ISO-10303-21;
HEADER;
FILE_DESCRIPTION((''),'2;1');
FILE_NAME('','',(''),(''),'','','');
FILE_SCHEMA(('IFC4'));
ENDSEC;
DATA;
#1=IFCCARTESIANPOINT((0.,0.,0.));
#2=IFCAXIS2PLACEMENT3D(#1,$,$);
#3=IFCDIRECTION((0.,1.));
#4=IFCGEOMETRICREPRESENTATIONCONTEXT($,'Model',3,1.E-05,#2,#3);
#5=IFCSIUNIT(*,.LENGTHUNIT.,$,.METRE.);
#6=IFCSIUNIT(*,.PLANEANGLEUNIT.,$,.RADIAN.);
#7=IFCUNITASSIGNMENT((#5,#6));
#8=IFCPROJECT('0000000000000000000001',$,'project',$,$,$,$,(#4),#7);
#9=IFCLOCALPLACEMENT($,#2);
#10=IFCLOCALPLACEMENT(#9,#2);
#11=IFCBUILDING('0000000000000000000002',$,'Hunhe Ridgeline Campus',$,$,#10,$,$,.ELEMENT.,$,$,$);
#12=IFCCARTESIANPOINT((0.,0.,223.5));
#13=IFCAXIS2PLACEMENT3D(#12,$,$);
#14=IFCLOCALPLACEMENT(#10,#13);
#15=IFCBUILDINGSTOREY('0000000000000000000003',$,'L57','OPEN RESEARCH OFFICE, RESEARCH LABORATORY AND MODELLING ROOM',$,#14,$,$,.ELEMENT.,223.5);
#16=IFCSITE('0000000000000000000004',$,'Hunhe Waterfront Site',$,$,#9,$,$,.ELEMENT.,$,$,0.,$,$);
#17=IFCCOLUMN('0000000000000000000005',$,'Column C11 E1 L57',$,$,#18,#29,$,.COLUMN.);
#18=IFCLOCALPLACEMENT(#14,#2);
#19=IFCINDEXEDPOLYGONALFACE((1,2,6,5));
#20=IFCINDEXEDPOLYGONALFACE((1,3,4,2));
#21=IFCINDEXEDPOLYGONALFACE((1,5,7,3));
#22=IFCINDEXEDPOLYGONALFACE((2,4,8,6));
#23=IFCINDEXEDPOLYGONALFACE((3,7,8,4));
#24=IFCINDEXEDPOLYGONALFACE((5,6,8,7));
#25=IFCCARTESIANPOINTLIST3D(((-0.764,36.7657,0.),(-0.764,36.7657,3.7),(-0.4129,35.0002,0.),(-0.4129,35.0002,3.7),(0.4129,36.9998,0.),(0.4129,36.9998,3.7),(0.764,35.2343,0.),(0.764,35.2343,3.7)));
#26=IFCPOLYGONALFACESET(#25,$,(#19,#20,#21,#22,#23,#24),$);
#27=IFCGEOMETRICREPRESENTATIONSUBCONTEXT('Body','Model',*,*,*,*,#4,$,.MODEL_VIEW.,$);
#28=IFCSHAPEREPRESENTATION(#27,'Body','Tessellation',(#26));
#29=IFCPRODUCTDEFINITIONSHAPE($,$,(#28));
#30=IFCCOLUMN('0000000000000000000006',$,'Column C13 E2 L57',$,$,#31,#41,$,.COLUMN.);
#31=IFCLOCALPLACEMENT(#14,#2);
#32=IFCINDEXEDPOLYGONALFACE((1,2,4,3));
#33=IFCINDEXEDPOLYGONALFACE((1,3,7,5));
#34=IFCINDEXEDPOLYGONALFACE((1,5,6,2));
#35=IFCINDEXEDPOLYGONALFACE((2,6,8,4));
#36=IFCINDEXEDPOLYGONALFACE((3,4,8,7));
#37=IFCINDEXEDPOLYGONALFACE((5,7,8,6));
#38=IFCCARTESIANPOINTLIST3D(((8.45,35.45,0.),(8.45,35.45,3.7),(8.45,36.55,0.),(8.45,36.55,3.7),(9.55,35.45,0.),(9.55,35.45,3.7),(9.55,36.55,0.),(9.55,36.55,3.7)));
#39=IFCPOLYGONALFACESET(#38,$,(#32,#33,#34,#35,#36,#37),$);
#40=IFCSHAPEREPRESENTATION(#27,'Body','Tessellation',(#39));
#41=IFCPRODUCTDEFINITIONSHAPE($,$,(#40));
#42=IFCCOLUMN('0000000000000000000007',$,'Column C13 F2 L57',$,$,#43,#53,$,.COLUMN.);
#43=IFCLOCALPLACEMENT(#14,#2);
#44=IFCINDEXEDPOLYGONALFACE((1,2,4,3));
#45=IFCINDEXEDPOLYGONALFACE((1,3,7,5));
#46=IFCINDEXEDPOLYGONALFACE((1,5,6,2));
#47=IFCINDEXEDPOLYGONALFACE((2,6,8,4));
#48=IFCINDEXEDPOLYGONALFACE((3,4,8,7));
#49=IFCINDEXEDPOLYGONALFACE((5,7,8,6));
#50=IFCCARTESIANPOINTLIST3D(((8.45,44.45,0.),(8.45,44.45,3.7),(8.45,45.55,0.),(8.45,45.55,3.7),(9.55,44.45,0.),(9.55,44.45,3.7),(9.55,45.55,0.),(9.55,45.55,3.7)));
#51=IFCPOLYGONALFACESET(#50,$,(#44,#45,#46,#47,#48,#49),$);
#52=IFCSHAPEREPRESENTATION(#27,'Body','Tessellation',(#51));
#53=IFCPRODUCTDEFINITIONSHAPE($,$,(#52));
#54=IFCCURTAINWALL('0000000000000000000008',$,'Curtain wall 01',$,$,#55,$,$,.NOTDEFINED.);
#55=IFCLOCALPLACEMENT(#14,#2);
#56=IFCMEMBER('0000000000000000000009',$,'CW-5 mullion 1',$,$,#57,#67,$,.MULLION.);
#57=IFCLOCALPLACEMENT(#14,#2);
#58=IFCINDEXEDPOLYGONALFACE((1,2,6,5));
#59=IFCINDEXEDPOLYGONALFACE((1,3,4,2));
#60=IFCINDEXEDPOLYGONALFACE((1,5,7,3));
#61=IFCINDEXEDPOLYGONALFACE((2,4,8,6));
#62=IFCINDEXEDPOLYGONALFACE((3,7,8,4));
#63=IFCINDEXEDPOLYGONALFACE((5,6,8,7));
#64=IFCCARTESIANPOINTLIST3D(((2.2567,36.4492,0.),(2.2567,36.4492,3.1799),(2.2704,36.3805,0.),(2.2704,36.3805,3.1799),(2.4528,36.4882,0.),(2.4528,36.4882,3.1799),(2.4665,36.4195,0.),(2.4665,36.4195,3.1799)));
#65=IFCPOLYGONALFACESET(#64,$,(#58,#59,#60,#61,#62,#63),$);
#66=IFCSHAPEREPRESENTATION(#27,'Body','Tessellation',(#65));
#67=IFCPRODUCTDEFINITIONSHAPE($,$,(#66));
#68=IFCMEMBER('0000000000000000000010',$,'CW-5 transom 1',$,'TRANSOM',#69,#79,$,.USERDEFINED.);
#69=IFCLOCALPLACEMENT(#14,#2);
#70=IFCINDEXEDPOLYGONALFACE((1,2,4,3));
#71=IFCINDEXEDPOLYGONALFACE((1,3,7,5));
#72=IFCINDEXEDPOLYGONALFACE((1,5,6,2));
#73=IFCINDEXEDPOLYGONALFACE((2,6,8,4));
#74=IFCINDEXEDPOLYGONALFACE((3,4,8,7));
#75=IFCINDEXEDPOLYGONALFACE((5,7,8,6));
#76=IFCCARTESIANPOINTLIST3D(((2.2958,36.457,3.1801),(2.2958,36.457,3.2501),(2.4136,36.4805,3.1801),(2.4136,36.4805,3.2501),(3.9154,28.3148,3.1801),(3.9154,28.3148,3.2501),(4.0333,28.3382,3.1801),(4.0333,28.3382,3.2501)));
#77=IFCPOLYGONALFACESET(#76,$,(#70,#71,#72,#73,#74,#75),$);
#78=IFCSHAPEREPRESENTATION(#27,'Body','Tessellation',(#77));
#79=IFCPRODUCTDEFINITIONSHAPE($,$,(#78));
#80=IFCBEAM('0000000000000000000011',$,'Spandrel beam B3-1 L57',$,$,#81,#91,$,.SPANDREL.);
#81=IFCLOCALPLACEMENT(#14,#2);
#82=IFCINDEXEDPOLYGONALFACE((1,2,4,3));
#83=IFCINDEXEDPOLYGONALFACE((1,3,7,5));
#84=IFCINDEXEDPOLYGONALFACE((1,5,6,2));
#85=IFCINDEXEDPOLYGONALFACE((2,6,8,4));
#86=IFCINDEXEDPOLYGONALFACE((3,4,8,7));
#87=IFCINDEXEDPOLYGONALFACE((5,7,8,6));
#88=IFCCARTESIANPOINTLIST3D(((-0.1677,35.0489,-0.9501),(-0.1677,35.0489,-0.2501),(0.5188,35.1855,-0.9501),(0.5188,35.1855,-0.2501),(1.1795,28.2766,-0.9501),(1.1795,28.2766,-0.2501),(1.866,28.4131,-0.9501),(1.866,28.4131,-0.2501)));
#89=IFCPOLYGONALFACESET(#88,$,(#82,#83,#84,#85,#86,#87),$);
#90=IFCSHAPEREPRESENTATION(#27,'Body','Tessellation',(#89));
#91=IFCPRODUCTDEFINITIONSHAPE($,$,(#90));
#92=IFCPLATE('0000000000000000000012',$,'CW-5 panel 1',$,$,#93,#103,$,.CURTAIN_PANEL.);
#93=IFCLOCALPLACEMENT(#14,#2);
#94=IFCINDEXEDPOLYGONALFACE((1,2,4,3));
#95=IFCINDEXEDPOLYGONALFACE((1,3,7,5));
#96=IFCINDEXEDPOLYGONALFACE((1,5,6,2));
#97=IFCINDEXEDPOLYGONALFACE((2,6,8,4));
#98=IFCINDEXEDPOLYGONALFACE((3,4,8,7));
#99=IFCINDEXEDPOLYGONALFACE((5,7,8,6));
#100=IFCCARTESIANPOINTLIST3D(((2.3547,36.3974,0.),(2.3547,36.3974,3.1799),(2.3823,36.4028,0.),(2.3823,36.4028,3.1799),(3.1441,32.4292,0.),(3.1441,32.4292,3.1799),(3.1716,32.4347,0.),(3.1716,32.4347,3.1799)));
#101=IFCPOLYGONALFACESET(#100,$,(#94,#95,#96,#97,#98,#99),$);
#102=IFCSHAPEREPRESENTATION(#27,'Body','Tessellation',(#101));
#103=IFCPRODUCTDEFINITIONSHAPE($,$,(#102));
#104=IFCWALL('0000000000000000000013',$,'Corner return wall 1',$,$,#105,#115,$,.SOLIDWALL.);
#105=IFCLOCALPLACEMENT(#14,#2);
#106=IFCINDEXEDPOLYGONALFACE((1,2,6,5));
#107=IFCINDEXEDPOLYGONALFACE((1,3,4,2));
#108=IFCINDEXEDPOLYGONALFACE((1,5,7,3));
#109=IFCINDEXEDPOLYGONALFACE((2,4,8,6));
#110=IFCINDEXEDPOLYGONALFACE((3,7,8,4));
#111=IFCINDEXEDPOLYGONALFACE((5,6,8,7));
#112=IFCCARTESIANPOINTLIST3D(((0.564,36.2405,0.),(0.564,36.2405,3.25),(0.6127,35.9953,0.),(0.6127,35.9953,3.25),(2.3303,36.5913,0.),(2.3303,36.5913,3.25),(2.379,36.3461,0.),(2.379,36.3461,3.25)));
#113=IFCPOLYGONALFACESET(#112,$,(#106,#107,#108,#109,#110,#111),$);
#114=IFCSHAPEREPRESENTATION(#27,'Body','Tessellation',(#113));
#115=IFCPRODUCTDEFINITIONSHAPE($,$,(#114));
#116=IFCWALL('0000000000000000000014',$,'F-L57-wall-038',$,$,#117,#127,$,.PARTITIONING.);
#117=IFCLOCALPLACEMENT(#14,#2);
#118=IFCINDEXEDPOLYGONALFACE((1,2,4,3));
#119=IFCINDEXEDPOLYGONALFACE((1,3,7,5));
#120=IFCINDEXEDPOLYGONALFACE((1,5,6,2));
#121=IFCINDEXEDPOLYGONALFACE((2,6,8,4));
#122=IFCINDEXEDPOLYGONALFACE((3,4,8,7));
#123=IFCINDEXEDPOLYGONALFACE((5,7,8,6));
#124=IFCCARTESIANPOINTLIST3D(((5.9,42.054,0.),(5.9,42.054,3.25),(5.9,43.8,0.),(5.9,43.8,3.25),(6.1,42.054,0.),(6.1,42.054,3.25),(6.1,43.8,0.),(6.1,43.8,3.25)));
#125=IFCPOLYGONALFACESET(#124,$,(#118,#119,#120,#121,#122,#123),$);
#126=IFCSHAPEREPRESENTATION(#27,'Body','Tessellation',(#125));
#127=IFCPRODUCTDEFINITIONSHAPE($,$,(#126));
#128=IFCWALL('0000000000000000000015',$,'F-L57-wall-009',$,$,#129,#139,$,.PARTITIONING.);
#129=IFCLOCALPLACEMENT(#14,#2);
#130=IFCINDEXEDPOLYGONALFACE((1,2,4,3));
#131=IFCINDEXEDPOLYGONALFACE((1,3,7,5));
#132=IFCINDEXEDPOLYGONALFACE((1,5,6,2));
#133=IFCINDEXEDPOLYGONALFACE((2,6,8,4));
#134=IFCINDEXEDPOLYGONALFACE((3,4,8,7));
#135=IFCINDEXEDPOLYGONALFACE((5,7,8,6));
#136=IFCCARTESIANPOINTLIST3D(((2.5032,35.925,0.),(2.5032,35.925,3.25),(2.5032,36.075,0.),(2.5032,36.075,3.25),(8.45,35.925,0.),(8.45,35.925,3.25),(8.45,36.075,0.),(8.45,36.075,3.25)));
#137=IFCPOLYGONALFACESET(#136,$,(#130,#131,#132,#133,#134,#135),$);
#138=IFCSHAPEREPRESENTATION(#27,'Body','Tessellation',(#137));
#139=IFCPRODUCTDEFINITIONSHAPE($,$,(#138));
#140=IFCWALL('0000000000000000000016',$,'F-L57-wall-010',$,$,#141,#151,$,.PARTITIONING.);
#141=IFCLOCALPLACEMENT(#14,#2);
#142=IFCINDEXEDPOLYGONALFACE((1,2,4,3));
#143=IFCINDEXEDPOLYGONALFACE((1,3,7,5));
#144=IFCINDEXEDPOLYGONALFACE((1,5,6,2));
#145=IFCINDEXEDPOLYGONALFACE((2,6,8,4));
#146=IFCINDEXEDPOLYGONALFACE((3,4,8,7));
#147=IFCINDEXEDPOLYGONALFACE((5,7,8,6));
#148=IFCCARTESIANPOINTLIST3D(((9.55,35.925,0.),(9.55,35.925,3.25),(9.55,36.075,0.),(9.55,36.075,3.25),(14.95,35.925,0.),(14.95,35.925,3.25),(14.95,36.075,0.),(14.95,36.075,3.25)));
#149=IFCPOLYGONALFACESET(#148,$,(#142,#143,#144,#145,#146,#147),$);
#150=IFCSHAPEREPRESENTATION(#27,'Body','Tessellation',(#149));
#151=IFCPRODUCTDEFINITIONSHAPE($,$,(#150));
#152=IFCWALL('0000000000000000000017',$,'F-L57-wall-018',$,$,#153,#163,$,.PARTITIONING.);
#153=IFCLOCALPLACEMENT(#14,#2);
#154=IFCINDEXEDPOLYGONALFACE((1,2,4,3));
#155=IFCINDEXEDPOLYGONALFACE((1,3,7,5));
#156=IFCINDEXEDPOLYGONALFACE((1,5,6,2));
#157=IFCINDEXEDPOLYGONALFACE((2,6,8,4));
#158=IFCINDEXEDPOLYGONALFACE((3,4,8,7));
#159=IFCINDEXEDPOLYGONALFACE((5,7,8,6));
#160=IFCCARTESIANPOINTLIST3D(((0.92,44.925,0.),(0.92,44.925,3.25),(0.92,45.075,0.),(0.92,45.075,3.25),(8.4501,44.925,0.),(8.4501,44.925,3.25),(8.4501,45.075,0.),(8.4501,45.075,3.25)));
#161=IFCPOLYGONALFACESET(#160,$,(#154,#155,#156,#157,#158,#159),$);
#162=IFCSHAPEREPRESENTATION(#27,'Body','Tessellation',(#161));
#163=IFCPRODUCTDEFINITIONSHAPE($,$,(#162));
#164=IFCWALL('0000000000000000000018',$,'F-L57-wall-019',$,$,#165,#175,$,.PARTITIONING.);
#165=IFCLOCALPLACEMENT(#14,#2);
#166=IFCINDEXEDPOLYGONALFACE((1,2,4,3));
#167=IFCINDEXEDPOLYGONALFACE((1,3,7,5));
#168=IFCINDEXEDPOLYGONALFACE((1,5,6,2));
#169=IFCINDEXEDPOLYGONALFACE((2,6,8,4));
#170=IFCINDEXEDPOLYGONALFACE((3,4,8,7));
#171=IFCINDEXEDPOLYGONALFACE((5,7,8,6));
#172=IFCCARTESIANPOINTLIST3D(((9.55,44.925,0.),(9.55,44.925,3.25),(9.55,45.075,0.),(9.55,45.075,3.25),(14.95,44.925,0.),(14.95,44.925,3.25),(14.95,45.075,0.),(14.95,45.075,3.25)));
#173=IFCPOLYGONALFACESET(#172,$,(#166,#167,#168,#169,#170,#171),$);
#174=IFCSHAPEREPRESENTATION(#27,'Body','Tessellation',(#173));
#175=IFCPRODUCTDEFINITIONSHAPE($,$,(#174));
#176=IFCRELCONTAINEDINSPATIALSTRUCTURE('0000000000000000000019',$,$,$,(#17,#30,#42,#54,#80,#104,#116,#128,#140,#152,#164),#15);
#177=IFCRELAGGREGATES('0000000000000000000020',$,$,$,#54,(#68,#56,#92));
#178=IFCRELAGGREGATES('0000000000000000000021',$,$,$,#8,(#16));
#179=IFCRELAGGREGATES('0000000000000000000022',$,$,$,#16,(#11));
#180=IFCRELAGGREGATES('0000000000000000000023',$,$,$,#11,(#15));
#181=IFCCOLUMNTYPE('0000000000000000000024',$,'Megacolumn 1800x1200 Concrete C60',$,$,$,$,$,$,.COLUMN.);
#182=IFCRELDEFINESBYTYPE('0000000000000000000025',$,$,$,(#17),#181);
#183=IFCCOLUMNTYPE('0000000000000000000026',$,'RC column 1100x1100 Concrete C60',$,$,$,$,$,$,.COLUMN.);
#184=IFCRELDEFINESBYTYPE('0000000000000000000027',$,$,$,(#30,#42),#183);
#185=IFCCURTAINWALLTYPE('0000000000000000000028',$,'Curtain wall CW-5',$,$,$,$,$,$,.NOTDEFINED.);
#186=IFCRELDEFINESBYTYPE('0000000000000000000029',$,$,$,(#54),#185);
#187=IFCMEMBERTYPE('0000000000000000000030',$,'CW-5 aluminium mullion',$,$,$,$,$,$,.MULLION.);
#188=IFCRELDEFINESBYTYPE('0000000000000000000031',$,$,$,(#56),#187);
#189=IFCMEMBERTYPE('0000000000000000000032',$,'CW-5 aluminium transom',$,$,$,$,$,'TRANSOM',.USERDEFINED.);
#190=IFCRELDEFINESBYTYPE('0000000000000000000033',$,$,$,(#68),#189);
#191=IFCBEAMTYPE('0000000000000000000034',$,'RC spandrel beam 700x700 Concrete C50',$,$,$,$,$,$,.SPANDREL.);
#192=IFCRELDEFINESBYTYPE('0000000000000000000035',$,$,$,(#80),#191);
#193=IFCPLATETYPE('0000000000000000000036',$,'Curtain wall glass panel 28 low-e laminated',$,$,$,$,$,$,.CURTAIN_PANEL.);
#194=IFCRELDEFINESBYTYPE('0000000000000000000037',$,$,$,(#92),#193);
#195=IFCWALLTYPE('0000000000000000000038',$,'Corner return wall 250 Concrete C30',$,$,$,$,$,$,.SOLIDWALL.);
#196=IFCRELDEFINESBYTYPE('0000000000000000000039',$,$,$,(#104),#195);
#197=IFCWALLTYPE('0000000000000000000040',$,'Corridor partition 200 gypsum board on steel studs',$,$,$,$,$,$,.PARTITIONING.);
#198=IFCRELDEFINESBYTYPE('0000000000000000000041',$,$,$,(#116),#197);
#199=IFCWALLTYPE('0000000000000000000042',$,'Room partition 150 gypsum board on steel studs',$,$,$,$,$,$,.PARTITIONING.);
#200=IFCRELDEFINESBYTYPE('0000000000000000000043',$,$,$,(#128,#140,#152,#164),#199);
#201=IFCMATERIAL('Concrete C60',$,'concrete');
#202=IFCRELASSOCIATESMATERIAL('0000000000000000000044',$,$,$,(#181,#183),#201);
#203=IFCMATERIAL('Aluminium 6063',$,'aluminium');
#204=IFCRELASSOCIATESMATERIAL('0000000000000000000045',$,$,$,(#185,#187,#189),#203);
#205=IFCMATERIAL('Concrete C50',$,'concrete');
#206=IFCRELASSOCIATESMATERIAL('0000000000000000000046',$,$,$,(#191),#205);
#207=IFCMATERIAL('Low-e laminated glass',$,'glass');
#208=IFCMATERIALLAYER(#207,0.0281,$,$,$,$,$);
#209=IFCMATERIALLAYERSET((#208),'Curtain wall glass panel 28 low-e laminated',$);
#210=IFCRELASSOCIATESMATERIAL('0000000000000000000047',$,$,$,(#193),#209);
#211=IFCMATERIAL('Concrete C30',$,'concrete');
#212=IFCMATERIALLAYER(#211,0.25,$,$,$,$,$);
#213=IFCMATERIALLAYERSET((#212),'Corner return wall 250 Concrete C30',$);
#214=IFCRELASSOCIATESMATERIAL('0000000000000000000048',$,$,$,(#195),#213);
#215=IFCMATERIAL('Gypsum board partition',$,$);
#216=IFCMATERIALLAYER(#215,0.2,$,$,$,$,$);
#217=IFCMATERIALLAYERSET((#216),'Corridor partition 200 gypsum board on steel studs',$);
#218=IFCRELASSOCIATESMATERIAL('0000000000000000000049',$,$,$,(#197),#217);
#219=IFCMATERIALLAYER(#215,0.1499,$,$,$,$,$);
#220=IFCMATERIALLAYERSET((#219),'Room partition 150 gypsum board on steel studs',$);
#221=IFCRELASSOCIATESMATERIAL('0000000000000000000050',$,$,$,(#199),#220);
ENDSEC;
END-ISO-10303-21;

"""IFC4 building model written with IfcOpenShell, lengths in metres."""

from ifc_helpers import new_model, si_unit, direction, frame, frame_2d, origin, origin_2d, place, context, subcontext, project, spatial, rectangle, extrude, material, layer, layer_set, material_profile, profile_set, type_object, element, aggregate, save


model = new_model("IFC4")

# Units and contexts
model_context = context("Model", 3, precision=1e-05, world=origin(), true_north=direction((0.0, 1.0)))
body_context = subcontext(model_context, "Body", "Model", "MODEL_VIEW")
ifc_project = project(units=[si_unit("LENGTHUNIT", "METRE"), si_unit("PLANEANGLEUNIT", "RADIAN")], contexts=[model_context])

# Site, building, storey
site_placement = place(None, origin())
site = spatial("IfcSite", under=ifc_project, at=site_placement, Name="Hunhe Waterfront Site", CompositionType="ELEMENT", RefElevation=0.0)
building_placement = place(site_placement, origin())
building = spatial("IfcBuilding", under=site, at=building_placement, Name="Hunhe Ridgeline Campus", CompositionType="ELEMENT")
storey_placement = place(building_placement, frame((0.0, 0.0, 223.5)))
storey = spatial("IfcBuildingStorey", under=building, at=storey_placement, Name="L57", Description="OPEN RESEARCH OFFICE, RESEARCH LABORATORY AND MODELLING ROOM", CompositionType="ELEMENT", Elevation=223.5)

# Columns
ifc_material_1 = material(Name="Concrete C60", Category="concrete")
ifc_material_profile_1 = material_profile(ifc_material_1, rectangle(XDim=1.8, YDim=1.2, at=origin_2d()))
ifc_profile_set_1 = profile_set([ifc_material_profile_1], Name="Concrete C60")
column_type_1 = type_object("IfcColumnType", Name="Megacolumn 1800x1200 Concrete C60", PredefinedType="COLUMN", material=ifc_profile_set_1)
column_placement = place(storey_placement, frame((0.0, 36.0, 0.0), z_axis=(0.0, 0.0, 1.0), x_axis=(-0.19509, 0.980785, 0.0)))
element("IfcColumn", 1, at=column_placement, inside=storey, type_object=column_type_1, Name="Column C11 E1 L57", PredefinedType="COLUMN", context=body_context, shape_type="SweptSolid", body=[
    extrude(rectangle(XDim=1.8, YDim=1.2, at=origin_2d()), origin(), (0.0, 0.0, 1.0), 3.7),
])
ifc_material_profile_2 = material_profile(ifc_material_1, rectangle(XDim=1.1001, YDim=1.1001, at=origin_2d()))
ifc_profile_set_2 = profile_set([ifc_material_profile_2], Name="Concrete C60")
column_type_2 = type_object("IfcColumnType", Name="RC column 1100x1100 Concrete C60", PredefinedType="COLUMN", material=ifc_profile_set_2)
for number, where, z_axis, x_axis, name in (
    (2, (9.0, 36.0, 0.0), (0.0, 0.0, 1.0), (1.0, 0.0, 0.0), "Column C13 E2 L57"),
    (3, (9.0, 45.0, 0.0), (0.0, 0.0, 1.0), (1.0, 0.0, 0.0), "Column C13 F2 L57"),
):
    element("IfcColumn", number, at=place(storey_placement, frame(where, z_axis=z_axis, x_axis=x_axis)), inside=storey, type_object=column_type_2, Name=name, PredefinedType="COLUMN", context=body_context, shape_type="SweptSolid", body=[
        extrude(rectangle(XDim=1.1001, YDim=1.1001, at=origin_2d()), origin(), (0.0, 0.0, 1.0), 3.7),
    ])

# Curtain wall, members
ifc_material_2 = material(Name="Aluminium 6063", Category="aluminium")
curtain_wall_type = type_object("IfcCurtainWallType", Name="Curtain wall CW-5", PredefinedType="NOTDEFINED", material=ifc_material_2)
curtain_wall_placement = place(storey_placement, origin())
curtain_wall = element("IfcCurtainWall", 4, at=curtain_wall_placement, inside=storey, type_object=curtain_wall_type, Name="Curtain wall 01", PredefinedType="NOTDEFINED")
ifc_material_profile_3 = material_profile(ifc_material_2, rectangle(XDim=0.2, YDim=0.0701, at=origin_2d()))
ifc_profile_set_3 = profile_set([ifc_material_profile_3], Name="Aluminium 6063")
member_type_1 = type_object("IfcMemberType", Name="CW-5 aluminium mullion", PredefinedType="MULLION", material=ifc_profile_set_3)
member_1_placement = place(storey_placement, frame((2.3616, 36.4343, 0.0), z_axis=(0.0, 0.0, 1.0), x_axis=(0.980784, 0.195095, 0.0)))
member_1 = element("IfcMember", 5, at=member_1_placement, type_object=member_type_1, Name="CW-5 mullion 1", PredefinedType="MULLION", context=body_context, shape_type="SweptSolid", body=[
    extrude(rectangle(XDim=0.2, YDim=0.0701, at=origin_2d()), origin(), (0.0, 0.0, 1.0), 3.1799),
])
ifc_material_profile_4 = material_profile(ifc_material_2, rectangle(XDim=0.1201, YDim=0.0701, at=origin_2d()))
ifc_profile_set_4 = profile_set([ifc_material_profile_4], Name="Aluminium 6063")
member_type_2 = type_object("IfcMemberType", Name="CW-5 aluminium transom", ElementType="TRANSOM", PredefinedType="USERDEFINED", material=ifc_profile_set_4)
member_2_placement = place(storey_placement, frame((2.3547, 36.4688, 3.2151), z_axis=(0.195092, -0.980785, 0.0), x_axis=(0.980785, 0.195092, 0.0)))
member_2 = element("IfcMember", 6, at=member_2_placement, type_object=member_type_2, Name="CW-5 transom 1", ObjectType="TRANSOM", PredefinedType="USERDEFINED", context=body_context, shape_type="SweptSolid", body=[
    extrude(rectangle(XDim=0.1201, YDim=0.0701, at=origin_2d()), origin(), (0.0, 0.0, 1.0), 8.3018),
])

# Beam
ifc_material_3 = material(Name="Concrete C50", Category="concrete")
ifc_material_profile_5 = material_profile(ifc_material_3, rectangle(XDim=0.7, YDim=0.7, at=origin_2d()))
ifc_profile_set_5 = profile_set([ifc_material_profile_5], Name="Concrete C50")
beam_type = type_object("IfcBeamType", Name="RC spandrel beam 700x700 Concrete C50", PredefinedType="SPANDREL", material=ifc_profile_set_5)
beam_placement = place(storey_placement, frame((0.1755, 35.1172, -0.6001), z_axis=(0.195103, -0.980783, 0.0), x_axis=(0.980783, 0.195103, 0.0)))
element("IfcBeam", 7, at=beam_placement, inside=storey, type_object=beam_type, Name="Spandrel beam B3-1 L57", PredefinedType="SPANDREL", context=body_context, shape_type="SweptSolid", body=[
    extrude(rectangle(XDim=0.7, YDim=0.7, at=origin_2d()), origin(), (0.0, 0.0, 1.0), 6.905),
])

# Plate
ifc_material_4 = material(Name="Low-e laminated glass", Category="glass")
ifc_layer_1 = layer(ifc_material_4, 0.0281)
ifc_layer_set_1 = layer_set([ifc_layer_1], Name="Curtain wall glass panel 28 low-e laminated")
plate_type = type_object("IfcPlateType", Name="Curtain wall glass panel 28 low-e laminated", PredefinedType="CURTAIN_PANEL", material=ifc_layer_set_1)
plate_placement = place(storey_placement, frame((2.7632, 34.416, 0.0), z_axis=(0.0, 0.0, 1.0), x_axis=(0.195095, -0.980784, 0.0)))
plate = element("IfcPlate", 8, at=plate_placement, type_object=plate_type, Name="CW-5 panel 1", PredefinedType="CURTAIN_PANEL", context=body_context, shape_type="SweptSolid", body=[
    extrude(rectangle(XDim=4.0459, YDim=0.0281, at=origin_2d()), origin(), (0.0, 0.0, 1.0), 3.1799),
])
aggregate(curtain_wall, [member_2, member_1, plate])

# Wall
ifc_material_5 = material(Name="Concrete C30", Category="concrete")
ifc_layer_2 = layer(ifc_material_5, 0.25)
ifc_layer_set_2 = layer_set([ifc_layer_2], Name="Corner return wall 250 Concrete C30")
wall_type_1 = type_object("IfcWallType", Name="Corner return wall 250 Concrete C30", PredefinedType="SOLIDWALL", material=ifc_layer_set_2)
wall_1_placement = place(storey_placement, frame((0.5884, 36.1179, 0.0), z_axis=(0.0, 0.0, 1.0), x_axis=(0.980841, 0.194812, 0.0)))
element("IfcWall", 9, at=wall_1_placement, inside=storey, type_object=wall_type_1, Name="Corner return wall 1", PredefinedType="SOLIDWALL", context=body_context, shape_type="SweptSolid", body=[
    extrude(rectangle(XDim=1.8008, YDim=0.25, at=frame_2d((0.9004, 0.0))), origin(), (0.0, 0.0, 1.0), 3.25),
])

# Shared definitions
ifc_material_6 = material(Name="Gypsum board partition")
ifc_layer_3 = layer(ifc_material_6, 0.2)
ifc_layer_set_3 = layer_set([ifc_layer_3], Name="Corridor partition 200 gypsum board on steel studs")
wall_type_2 = type_object("IfcWallType", Name="Corridor partition 200 gypsum board on steel studs", PredefinedType="PARTITIONING", material=ifc_layer_set_3)

# Walls
wall_2_placement = place(storey_placement, frame((6.0, 42.054, 0.0), z_axis=(0.0, 0.0, 1.0), x_axis=(0.0, 1.0, 0.0)))
element("IfcWall", 10, at=wall_2_placement, inside=storey, type_object=wall_type_2, Name="F-L57-wall-038", PredefinedType="PARTITIONING", context=body_context, shape_type="SweptSolid", body=[
    extrude(rectangle(XDim=1.7461, YDim=0.2, at=frame_2d((0.873, 0.0))), origin(), (0.0, 0.0, 1.0), 3.25),
])
ifc_layer_4 = layer(ifc_material_6, 0.1499)
ifc_layer_set_4 = layer_set([ifc_layer_4], Name="Room partition 150 gypsum board on steel studs")
wall_type_3 = type_object("IfcWallType", Name="Room partition 150 gypsum board on steel studs", PredefinedType="PARTITIONING", material=ifc_layer_set_4)
wall_3_placement = place(storey_placement, frame((2.5032, 36.0, 0.0), z_axis=(0.0, 0.0, 1.0), x_axis=(1.0, 0.0, 0.0)))
element("IfcWall", 11, at=wall_3_placement, inside=storey, type_object=wall_type_3, Name="F-L57-wall-009", PredefinedType="PARTITIONING", context=body_context, shape_type="SweptSolid", body=[
    extrude(rectangle(XDim=5.9468, YDim=0.1499, at=frame_2d((2.9734, 0.0))), origin(), (0.0, 0.0, 1.0), 3.25),
])
wall_4_placement = place(storey_placement, frame((9.55, 36.0, 0.0), z_axis=(0.0, 0.0, 1.0), x_axis=(1.0, 0.0, 0.0)))
element("IfcWall", 12, at=wall_4_placement, inside=storey, type_object=wall_type_3, Name="F-L57-wall-010", PredefinedType="PARTITIONING", context=body_context, shape_type="SweptSolid", body=[
    extrude(rectangle(XDim=5.3999, YDim=0.1499, at=frame_2d((2.7, 0.0))), origin(), (0.0, 0.0, 1.0), 3.25),
])
wall_5_placement = place(storey_placement, frame((0.9199, 45.0, 0.0), z_axis=(0.0, 0.0, 1.0), x_axis=(1.0, 0.0, 0.0)))
element("IfcWall", 13, at=wall_5_placement, inside=storey, type_object=wall_type_3, Name="F-L57-wall-018", PredefinedType="PARTITIONING", context=body_context, shape_type="SweptSolid", body=[
    extrude(rectangle(XDim=7.53, YDim=0.1499, at=frame_2d((3.7651, 0.0))), origin(), (0.0, 0.0, 1.0), 3.25),
])
wall_6_placement = place(storey_placement, frame((9.55, 45.0, 0.0), z_axis=(0.0, 0.0, 1.0), x_axis=(1.0, 0.0, 0.0)))
element("IfcWall", 14, at=wall_6_placement, inside=storey, type_object=wall_type_3, Name="F-L57-wall-019", PredefinedType="PARTITIONING", context=body_context, shape_type="SweptSolid", body=[
    extrude(rectangle(XDim=5.3999, YDim=0.1499, at=frame_2d((2.7, 0.0))), origin(), (0.0, 0.0, 1.0), 3.25),
])

save(model, "model.ifc")
